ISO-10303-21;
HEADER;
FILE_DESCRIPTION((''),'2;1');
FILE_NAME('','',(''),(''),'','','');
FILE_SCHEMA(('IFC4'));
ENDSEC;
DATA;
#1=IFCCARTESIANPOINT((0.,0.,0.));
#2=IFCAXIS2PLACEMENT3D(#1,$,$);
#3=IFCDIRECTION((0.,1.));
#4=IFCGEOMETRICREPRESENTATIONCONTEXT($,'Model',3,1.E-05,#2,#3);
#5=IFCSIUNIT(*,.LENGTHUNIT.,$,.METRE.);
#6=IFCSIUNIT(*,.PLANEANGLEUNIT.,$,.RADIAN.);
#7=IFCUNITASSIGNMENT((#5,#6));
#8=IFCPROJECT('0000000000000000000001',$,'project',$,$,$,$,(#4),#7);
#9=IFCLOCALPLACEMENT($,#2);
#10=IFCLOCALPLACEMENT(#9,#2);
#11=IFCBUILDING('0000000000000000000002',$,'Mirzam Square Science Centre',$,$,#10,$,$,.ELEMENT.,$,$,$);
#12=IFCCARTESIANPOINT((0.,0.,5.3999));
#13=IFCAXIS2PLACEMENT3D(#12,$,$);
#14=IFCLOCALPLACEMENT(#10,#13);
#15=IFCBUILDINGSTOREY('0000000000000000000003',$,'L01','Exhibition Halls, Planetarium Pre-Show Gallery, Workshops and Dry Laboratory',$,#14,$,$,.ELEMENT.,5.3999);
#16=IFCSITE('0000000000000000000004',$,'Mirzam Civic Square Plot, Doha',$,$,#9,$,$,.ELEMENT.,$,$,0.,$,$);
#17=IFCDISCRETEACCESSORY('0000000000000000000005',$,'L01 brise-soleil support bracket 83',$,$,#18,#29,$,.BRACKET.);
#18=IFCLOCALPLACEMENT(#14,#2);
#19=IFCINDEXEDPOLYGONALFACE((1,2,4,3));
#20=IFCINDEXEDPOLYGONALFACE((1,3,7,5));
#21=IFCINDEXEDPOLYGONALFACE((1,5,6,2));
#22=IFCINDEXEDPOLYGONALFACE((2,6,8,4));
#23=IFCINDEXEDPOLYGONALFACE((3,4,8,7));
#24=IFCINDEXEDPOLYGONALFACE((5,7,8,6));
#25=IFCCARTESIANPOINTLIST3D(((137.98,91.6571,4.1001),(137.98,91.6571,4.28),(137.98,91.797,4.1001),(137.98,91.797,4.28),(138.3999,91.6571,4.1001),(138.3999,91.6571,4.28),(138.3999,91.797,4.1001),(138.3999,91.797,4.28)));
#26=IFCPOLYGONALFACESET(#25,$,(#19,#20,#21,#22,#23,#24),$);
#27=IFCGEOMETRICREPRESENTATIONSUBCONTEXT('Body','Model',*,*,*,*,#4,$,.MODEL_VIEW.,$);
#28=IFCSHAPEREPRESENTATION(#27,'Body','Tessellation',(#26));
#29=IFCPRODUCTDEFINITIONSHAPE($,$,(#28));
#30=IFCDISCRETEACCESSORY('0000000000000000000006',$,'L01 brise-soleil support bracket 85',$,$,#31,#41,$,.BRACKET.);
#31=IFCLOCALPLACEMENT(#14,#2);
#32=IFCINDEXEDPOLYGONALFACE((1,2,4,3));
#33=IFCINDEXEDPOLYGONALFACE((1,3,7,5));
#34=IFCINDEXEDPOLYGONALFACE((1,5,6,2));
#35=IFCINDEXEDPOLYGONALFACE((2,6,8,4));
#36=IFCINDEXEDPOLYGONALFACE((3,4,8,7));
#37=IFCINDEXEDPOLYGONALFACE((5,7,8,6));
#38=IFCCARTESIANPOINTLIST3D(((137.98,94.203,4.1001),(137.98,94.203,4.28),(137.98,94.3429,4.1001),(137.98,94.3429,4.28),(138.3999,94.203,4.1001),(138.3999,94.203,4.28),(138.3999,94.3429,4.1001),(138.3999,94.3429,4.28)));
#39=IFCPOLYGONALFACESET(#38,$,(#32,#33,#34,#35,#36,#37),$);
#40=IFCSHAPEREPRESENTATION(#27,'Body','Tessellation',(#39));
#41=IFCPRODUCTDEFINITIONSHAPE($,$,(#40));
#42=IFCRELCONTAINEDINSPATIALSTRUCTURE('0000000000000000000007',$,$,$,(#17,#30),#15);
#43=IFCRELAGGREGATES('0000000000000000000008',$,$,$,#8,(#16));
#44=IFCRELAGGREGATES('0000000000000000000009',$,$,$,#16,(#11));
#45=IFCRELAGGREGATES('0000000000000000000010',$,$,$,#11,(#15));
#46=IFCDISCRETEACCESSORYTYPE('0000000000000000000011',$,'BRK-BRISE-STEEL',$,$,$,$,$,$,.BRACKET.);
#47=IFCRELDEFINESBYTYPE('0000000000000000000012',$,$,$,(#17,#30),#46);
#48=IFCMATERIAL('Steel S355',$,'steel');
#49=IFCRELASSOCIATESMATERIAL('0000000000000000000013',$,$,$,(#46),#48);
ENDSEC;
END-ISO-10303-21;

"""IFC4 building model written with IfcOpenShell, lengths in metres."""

from ifc_helpers import new_model, si_unit, direction, frame, origin, origin_2d, place, context, subcontext, project, spatial, rectangle, extrude, material, type_object, element, save


model = new_model("IFC4")

# Units and contexts
model_context = context("Model", 3, precision=1e-05, world=origin(), true_north=direction((0.0, 1.0)))
body_context = subcontext(model_context, "Body", "Model", "MODEL_VIEW")
ifc_project = project(units=[si_unit("LENGTHUNIT", "METRE"), si_unit("PLANEANGLEUNIT", "RADIAN")], contexts=[model_context])

# Site, building, storey
site_placement = place(None, origin())
site = spatial("IfcSite", under=ifc_project, at=site_placement, Name="Mirzam Civic Square Plot, Doha", CompositionType="ELEMENT", RefElevation=0.0)
building_placement = place(site_placement, origin())
building = spatial("IfcBuilding", under=site, at=building_placement, Name="Mirzam Square Science Centre", CompositionType="ELEMENT")
storey_placement = place(building_placement, frame((0.0, 0.0, 5.3999)))
storey = spatial("IfcBuildingStorey", under=building, at=storey_placement, Name="L01", Description="Exhibition Halls, Planetarium Pre-Show Gallery, Workshops and Dry Laboratory", CompositionType="ELEMENT", Elevation=5.3999)

# Shared definitions
ifc_material_1 = material(Name="Steel S355", Category="steel")

# Discrete accessories
discrete_accessory_type = type_object("IfcDiscreteAccessoryType", Name="BRK-BRISE-STEEL", PredefinedType="BRACKET", material=ifc_material_1)
for number, where, z_axis, x_axis, name in (
    (1, (138.1899, 91.7271, 4.1001), (0.0, 0.0, 1.0), (0.0, 1.0, 0.0), "L01 brise-soleil support bracket 83"),
    (2, (138.1899, 94.2729, 4.1001), (0.0, 0.0, 1.0), (0.0, 1.0, 0.0), "L01 brise-soleil support bracket 85"),
):
    element("IfcDiscreteAccessory", number, at=place(storey_placement, frame(where, z_axis=z_axis, x_axis=x_axis)), inside=storey, type_object=discrete_accessory_type, Name=name, PredefinedType="BRACKET", context=body_context, shape_type="SweptSolid", body=[
        extrude(rectangle(XDim=0.1399, YDim=0.4199, at=origin_2d()), origin(), (0.0, 0.0, 1.0), 0.1799),
    ])

save(model, "model.ifc")
